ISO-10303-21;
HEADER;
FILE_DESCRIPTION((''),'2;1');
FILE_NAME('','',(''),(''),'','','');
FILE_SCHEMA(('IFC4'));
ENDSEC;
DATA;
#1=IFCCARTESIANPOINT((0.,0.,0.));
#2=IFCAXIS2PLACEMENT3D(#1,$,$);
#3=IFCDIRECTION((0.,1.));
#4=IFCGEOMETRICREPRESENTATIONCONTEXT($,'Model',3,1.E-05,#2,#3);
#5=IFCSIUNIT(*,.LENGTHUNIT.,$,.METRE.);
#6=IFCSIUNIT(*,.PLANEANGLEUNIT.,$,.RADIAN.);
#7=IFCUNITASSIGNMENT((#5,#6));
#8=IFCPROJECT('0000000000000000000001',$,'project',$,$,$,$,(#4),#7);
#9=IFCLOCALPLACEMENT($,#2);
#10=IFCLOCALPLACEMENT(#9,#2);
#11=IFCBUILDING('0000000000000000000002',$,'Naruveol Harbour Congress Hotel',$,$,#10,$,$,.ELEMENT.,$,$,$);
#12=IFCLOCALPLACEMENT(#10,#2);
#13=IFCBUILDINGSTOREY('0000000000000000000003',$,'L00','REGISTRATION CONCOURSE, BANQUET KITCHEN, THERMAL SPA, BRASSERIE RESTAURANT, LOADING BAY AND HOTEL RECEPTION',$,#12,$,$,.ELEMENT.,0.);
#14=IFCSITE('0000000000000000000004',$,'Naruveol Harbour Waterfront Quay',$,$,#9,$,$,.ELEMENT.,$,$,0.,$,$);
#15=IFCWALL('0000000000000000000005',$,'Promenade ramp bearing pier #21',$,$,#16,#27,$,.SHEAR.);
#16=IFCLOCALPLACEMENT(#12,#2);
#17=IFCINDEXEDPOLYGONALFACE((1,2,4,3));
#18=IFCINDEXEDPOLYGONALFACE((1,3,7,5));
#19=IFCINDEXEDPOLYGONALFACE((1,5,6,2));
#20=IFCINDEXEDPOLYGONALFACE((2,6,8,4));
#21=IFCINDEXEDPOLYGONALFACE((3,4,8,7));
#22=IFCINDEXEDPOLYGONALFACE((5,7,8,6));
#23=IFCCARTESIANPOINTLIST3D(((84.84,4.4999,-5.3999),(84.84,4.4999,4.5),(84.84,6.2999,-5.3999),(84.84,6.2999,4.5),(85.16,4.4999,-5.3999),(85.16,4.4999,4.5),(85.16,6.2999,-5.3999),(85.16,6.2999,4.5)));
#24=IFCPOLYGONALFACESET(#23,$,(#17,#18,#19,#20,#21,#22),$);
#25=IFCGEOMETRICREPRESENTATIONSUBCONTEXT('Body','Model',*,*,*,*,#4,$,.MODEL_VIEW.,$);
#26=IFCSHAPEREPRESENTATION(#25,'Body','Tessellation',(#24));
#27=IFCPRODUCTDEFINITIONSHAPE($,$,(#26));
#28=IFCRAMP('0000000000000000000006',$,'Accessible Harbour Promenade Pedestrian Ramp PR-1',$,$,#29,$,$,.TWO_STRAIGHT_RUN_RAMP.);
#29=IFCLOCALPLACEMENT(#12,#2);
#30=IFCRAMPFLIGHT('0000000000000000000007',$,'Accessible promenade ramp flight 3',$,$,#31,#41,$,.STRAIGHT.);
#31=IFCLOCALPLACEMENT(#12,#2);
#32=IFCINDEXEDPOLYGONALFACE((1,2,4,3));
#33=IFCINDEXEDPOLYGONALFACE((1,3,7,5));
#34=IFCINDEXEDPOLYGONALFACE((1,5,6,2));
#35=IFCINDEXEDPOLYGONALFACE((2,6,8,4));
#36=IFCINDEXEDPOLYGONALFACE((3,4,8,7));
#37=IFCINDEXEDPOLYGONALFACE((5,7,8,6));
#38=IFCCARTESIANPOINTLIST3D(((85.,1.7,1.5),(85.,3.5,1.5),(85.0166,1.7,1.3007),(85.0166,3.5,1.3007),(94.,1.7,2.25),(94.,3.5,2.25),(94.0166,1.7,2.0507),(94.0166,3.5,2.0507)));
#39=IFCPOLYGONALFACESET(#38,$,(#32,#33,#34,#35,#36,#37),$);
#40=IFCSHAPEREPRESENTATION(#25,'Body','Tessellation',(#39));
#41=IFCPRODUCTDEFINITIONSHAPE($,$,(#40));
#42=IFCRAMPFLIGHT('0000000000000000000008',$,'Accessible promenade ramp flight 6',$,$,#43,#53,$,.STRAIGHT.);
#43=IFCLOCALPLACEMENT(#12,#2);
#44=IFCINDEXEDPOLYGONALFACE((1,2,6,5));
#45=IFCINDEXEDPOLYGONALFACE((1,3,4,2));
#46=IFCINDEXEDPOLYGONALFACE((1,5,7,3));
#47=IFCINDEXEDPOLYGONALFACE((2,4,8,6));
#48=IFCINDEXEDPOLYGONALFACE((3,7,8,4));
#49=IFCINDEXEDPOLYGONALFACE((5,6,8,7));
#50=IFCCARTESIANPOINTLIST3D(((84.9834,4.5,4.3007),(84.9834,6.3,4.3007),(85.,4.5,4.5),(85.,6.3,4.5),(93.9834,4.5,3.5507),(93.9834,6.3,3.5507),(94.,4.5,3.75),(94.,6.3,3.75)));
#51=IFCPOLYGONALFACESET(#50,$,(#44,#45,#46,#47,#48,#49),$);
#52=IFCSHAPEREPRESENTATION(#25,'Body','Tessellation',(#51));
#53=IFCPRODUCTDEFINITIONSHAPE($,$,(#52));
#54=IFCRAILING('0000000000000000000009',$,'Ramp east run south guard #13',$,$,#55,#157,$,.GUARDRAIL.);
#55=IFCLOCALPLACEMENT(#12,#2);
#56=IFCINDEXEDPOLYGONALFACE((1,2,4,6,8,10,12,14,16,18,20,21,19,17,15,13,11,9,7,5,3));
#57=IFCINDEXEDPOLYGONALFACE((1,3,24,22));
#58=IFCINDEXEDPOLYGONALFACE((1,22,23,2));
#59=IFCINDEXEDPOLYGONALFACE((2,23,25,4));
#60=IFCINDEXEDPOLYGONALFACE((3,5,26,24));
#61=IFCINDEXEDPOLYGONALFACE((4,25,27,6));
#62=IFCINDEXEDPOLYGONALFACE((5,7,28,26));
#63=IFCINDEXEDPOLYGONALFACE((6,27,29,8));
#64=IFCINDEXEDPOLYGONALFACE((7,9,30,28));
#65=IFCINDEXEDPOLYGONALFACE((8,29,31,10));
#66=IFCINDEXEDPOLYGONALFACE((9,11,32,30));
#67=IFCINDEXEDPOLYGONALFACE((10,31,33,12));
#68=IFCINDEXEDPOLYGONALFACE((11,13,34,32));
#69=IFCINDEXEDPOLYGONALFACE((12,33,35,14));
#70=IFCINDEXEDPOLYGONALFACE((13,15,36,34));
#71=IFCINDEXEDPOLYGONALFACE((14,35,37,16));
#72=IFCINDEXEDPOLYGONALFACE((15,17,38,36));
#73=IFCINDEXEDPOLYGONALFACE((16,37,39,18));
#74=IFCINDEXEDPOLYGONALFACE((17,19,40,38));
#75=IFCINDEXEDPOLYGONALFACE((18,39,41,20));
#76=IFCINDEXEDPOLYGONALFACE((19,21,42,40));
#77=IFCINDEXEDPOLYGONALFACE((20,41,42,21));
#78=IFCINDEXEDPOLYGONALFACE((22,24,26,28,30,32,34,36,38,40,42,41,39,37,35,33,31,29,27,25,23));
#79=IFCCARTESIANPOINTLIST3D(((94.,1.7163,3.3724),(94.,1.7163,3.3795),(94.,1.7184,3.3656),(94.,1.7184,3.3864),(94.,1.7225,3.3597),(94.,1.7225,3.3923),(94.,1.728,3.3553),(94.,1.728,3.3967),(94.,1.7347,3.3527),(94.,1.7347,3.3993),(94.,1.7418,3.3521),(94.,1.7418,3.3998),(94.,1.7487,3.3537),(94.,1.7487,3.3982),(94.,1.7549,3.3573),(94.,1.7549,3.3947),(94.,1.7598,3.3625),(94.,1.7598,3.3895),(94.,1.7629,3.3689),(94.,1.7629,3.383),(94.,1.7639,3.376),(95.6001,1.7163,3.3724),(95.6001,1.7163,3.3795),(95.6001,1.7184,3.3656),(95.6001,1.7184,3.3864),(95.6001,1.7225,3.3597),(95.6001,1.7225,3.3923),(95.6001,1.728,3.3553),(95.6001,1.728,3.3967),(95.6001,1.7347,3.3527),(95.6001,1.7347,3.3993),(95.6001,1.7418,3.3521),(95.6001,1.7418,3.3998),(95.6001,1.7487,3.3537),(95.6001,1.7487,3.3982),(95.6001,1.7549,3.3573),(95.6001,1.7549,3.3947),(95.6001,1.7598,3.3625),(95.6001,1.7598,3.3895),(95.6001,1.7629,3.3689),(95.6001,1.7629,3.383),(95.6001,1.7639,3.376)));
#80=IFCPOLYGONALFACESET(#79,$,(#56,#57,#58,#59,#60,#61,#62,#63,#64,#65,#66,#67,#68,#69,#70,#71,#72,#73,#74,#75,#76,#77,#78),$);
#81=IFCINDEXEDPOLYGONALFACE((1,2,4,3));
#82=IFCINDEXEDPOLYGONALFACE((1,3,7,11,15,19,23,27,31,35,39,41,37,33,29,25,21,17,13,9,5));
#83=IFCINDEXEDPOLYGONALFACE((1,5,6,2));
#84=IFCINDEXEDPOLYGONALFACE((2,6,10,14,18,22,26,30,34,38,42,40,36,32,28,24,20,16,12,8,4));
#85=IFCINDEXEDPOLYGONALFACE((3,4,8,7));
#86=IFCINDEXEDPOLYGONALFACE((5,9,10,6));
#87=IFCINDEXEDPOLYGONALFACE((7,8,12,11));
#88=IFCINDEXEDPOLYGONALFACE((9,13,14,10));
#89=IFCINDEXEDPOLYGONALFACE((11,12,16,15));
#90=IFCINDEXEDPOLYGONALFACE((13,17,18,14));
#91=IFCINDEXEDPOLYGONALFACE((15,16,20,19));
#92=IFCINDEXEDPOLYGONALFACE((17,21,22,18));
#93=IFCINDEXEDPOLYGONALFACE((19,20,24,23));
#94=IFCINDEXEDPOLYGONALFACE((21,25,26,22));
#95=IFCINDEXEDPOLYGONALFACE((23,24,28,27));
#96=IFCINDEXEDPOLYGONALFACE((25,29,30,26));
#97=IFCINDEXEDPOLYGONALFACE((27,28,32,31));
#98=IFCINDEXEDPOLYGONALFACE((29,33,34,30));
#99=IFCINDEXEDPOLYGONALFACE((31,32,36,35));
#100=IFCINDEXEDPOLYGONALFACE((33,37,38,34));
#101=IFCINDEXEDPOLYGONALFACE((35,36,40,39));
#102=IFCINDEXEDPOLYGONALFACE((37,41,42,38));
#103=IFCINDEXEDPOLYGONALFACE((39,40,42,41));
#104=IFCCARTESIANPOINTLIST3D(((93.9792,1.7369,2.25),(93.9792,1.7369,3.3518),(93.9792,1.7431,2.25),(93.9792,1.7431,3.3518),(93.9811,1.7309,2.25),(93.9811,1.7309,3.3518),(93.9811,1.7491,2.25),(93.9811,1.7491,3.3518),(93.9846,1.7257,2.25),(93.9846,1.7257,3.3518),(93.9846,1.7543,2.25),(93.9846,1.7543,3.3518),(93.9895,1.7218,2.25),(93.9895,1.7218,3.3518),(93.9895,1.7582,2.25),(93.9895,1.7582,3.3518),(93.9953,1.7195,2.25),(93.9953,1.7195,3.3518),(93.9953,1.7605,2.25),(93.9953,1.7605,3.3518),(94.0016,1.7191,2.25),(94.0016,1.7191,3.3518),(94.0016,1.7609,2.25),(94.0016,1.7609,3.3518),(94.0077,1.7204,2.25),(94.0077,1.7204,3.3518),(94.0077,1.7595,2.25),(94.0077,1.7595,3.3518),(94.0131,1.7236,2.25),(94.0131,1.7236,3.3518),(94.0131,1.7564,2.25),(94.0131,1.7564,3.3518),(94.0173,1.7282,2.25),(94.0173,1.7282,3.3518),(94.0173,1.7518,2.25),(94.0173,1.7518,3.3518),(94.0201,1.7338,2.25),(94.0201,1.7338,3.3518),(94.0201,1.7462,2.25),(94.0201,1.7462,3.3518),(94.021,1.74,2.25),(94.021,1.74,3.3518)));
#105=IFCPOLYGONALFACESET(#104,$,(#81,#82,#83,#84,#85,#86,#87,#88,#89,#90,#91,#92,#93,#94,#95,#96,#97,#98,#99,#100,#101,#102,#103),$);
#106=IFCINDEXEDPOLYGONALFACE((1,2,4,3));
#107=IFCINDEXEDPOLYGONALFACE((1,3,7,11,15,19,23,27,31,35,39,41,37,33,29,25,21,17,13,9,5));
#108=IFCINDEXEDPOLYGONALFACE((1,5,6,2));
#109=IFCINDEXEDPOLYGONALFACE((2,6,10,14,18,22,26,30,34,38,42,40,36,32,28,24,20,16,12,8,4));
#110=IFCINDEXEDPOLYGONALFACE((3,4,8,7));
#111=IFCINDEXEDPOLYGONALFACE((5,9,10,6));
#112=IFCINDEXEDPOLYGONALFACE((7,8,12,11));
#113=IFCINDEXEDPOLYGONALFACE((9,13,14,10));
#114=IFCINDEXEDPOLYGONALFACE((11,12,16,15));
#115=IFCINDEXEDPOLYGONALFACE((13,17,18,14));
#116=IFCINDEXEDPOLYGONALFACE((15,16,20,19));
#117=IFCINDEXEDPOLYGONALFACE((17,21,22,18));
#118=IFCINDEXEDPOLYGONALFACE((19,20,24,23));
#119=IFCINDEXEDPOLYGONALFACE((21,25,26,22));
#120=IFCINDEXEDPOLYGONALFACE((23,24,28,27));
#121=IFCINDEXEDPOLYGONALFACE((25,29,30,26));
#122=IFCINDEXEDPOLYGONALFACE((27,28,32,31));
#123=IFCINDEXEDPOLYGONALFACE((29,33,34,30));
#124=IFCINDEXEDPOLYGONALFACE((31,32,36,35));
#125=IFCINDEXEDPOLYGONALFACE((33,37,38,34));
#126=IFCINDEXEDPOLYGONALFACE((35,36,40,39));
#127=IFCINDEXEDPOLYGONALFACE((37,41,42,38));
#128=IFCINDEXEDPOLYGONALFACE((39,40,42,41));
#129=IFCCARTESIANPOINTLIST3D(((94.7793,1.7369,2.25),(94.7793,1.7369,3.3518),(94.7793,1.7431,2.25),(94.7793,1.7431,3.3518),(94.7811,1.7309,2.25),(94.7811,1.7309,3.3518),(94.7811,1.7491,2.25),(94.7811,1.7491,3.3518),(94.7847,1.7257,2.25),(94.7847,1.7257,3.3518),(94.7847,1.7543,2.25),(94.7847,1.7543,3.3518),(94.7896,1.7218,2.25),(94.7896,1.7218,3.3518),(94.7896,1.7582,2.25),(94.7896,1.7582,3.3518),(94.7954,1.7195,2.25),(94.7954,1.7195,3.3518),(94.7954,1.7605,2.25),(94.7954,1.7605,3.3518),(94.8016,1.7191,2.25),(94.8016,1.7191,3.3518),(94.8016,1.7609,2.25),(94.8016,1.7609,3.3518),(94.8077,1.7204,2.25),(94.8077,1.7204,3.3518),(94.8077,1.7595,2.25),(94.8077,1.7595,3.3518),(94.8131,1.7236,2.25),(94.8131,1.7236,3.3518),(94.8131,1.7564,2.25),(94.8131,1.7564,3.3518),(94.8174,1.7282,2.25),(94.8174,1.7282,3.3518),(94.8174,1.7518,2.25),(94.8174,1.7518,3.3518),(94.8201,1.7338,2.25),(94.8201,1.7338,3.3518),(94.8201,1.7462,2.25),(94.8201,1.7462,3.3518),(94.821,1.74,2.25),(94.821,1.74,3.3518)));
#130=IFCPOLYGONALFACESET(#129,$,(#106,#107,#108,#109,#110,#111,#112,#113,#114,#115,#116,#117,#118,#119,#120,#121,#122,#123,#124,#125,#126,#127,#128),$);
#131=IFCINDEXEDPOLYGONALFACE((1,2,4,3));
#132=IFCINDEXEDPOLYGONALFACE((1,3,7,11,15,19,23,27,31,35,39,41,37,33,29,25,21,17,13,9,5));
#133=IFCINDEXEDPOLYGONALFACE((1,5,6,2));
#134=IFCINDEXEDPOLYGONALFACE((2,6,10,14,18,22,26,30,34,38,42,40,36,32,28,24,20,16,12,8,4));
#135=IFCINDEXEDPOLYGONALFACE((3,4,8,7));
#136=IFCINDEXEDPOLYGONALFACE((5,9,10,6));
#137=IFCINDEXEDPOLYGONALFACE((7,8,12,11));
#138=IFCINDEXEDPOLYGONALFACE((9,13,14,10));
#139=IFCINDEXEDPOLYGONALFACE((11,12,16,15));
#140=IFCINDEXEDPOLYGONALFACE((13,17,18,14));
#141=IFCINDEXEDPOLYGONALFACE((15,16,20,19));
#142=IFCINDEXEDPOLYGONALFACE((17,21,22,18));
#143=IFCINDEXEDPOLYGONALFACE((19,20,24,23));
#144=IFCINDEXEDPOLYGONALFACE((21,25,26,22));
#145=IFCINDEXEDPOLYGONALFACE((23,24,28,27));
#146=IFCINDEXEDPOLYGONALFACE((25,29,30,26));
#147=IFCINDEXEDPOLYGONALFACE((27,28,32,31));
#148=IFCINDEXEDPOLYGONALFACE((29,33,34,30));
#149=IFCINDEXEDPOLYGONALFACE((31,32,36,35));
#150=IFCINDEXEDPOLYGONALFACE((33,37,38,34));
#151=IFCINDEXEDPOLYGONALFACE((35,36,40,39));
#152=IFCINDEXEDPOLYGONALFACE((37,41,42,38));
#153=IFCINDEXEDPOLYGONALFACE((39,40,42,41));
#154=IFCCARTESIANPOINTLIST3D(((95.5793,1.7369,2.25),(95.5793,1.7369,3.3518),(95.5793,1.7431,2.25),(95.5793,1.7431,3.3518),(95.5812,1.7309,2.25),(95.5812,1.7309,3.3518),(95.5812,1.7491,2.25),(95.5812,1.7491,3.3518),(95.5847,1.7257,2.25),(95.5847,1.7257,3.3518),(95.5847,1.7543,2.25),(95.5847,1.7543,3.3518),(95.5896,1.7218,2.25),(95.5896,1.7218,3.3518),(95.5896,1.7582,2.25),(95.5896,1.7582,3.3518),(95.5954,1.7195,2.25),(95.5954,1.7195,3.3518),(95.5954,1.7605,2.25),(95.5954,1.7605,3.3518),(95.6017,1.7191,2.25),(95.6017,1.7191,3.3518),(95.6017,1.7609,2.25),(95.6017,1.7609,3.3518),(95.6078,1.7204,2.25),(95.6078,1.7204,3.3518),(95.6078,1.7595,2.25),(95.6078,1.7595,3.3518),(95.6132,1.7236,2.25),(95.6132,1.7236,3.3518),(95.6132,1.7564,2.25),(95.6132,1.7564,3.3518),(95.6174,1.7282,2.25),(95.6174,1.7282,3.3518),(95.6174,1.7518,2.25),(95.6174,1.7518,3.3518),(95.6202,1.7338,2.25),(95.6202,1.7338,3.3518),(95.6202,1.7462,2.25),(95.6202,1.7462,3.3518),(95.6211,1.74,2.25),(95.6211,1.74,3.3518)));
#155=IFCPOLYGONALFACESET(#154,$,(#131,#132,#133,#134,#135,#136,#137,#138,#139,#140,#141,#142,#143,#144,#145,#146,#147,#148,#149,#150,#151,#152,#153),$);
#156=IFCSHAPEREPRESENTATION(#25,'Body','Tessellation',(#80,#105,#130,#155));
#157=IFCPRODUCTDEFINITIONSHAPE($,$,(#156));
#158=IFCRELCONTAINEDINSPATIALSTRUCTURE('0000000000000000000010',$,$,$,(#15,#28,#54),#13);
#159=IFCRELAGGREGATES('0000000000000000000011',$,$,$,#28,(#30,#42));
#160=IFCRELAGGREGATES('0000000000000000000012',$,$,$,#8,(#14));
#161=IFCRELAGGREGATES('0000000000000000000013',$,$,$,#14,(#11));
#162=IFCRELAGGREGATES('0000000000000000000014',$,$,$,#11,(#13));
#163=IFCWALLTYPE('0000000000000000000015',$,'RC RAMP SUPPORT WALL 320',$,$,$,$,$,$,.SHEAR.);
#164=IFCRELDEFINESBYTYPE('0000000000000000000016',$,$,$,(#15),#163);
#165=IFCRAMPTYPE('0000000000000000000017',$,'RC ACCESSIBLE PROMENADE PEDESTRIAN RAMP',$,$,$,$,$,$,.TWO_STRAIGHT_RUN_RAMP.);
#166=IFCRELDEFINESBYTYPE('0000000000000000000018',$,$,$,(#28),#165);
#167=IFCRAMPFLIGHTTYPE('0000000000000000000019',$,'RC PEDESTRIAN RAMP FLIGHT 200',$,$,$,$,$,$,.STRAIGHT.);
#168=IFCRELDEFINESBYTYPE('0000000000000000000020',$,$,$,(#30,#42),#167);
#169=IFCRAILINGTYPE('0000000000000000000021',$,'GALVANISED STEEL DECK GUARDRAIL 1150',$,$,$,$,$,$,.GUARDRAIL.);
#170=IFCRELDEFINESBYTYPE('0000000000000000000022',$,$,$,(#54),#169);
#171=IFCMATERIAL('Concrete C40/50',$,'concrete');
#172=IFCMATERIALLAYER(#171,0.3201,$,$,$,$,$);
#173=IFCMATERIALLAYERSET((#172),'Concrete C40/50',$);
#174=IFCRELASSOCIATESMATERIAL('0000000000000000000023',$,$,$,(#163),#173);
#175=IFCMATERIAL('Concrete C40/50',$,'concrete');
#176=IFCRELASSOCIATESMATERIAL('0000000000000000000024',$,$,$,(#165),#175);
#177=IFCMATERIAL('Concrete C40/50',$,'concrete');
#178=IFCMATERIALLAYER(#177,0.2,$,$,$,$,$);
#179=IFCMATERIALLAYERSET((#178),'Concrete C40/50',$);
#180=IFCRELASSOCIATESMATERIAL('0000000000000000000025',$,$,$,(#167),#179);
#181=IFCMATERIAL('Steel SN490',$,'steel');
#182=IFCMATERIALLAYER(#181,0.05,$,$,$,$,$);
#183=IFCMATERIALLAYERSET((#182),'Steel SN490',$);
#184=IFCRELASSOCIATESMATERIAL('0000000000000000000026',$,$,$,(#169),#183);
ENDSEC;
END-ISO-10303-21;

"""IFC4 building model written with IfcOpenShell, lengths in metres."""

from ifc_helpers import new_model, si_unit, direction, frame, frame_2d, origin, origin_2d, place, context, subcontext, project, spatial, polyline, rectangle, circle, outline, extrude, material, layer, layer_set, type_object, element, aggregate, save


model = new_model("IFC4")

# Units and contexts
model_context = context("Model", 3, precision=1e-05, world=origin(), true_north=direction((0.0, 1.0)))
body_context = subcontext(model_context, "Body", "Model", "MODEL_VIEW")
ifc_project = project(units=[si_unit("LENGTHUNIT", "METRE"), si_unit("PLANEANGLEUNIT", "RADIAN")], contexts=[model_context])

# Site, building, storey
site_placement = place(None, origin())
site = spatial("IfcSite", under=ifc_project, at=site_placement, Name="Naruveol Harbour Waterfront Quay", CompositionType="ELEMENT", RefElevation=0.0)
building_placement = place(site_placement, origin())
building = spatial("IfcBuilding", under=site, at=building_placement, Name="Naruveol Harbour Congress Hotel", CompositionType="ELEMENT")
storey_placement = place(building_placement, origin())
storey = spatial("IfcBuildingStorey", under=building, at=storey_placement, Name="L00", Description="REGISTRATION CONCOURSE, BANQUET KITCHEN, THERMAL SPA, BRASSERIE RESTAURANT, LOADING BAY AND HOTEL RECEPTION", CompositionType="ELEMENT", Elevation=0.0)

# Wall
ifc_material_1 = material(Name="Concrete C40/50", Category="concrete")
ifc_layer_1 = layer(ifc_material_1, 0.3201)
ifc_layer_set_1 = layer_set([ifc_layer_1], Name="Concrete C40/50")
wall_type_1 = type_object("IfcWallType", Name="RC RAMP SUPPORT WALL 320", PredefinedType="SHEAR", material=ifc_layer_set_1)
wall_1_placement = place(storey_placement, frame((85.0, 4.5, -5.3999), z_axis=(0.0, 0.0, 1.0), x_axis=(0.0, 1.0, 0.0)))
element("IfcWall", 1, at=wall_1_placement, inside=storey, type_object=wall_type_1, Name="Promenade ramp bearing pier #21", PredefinedType="SHEAR", context=body_context, shape_type="SweptSolid", body=[
    extrude(rectangle(XDim=1.8, YDim=0.3201, at=frame_2d((0.8999, 0.0))), origin(), (0.0, 0.0, 1.0), 9.8999),
])

# Ramp, ramp flights
ifc_material_2 = material(Name="Concrete C40/50", Category="concrete")
ramp_type = type_object("IfcRampType", Name="RC ACCESSIBLE PROMENADE PEDESTRIAN RAMP", PredefinedType="TWO_STRAIGHT_RUN_RAMP", material=ifc_material_2)
ramp_placement = place(storey_placement, origin())
ramp = element("IfcRamp", 2, at=ramp_placement, inside=storey, type_object=ramp_type, Name="Accessible Harbour Promenade Pedestrian Ramp PR-1", PredefinedType="TWO_STRAIGHT_RUN_RAMP")
ifc_material_3 = material(Name="Concrete C40/50", Category="concrete")
ifc_layer_2 = layer(ifc_material_3, 0.2)
ifc_layer_set_2 = layer_set([ifc_layer_2], Name="Concrete C40/50")
ramp_flight_type = type_object("IfcRampFlightType", Name="RC PEDESTRIAN RAMP FLIGHT 200", PredefinedType="STRAIGHT", material=ifc_layer_set_2)
ramp_flight_1_placement = place(storey_placement, frame((85.0, 1.7, 1.5), z_axis=(-0.083045, 0.0, 0.996546), x_axis=(0.996546, 0.0, 0.083045)))
ramp_flight_1 = element("IfcRampFlight", 3, at=ramp_flight_1_placement, type_object=ramp_flight_type, Name="Accessible promenade ramp flight 3", PredefinedType="STRAIGHT", context=body_context, shape_type="SweptSolid", body=[
    extrude(outline(polyline([(0.0, 0.0), (9.0312, 0.0), (9.0312, 1.8), (0.0, 1.8), (0.0, 0.0)])), origin(), (0.0, 0.0, -1.0), 0.2),
])
ramp_flight_2_placement = place(storey_placement, frame((85.0, 4.5, 4.5), z_axis=(0.083045, 0.0, 0.996546), x_axis=(0.996546, 0.0, -0.083045)))
ramp_flight_2 = element("IfcRampFlight", 4, at=ramp_flight_2_placement, type_object=ramp_flight_type, Name="Accessible promenade ramp flight 6", PredefinedType="STRAIGHT", context=body_context, shape_type="SweptSolid", body=[
    extrude(outline(polyline([(0.0, 0.0), (9.0312, 0.0), (9.0312, 1.8), (0.0, 1.8), (0.0, 0.0)])), origin(), (0.0, 0.0, -1.0), 0.2),
])
aggregate(ramp, [ramp_flight_1, ramp_flight_2])

# Railing
ifc_material_4 = material(Name="Steel SN490", Category="steel")
ifc_layer_3 = layer(ifc_material_4, 0.05)
ifc_layer_set_3 = layer_set([ifc_layer_3], Name="Steel SN490")
railing_type = type_object("IfcRailingType", Name="GALVANISED STEEL DECK GUARDRAIL 1150", PredefinedType="GUARDRAIL", material=ifc_layer_set_3)
railing_1_placement = place(storey_placement, frame((94.0, 1.74, 2.25)))
element("IfcRailing", 5, at=railing_1_placement, inside=storey, type_object=railing_type, Name="Ramp east run south guard #13", PredefinedType="GUARDRAIL", context=body_context, shape_type="SweptSolid", body=[
    extrude(circle(Radius=0.0239, at=origin_2d()), frame((0.0, 0.0, 1.126), z_axis=(1.0, 0.0, 0.0), x_axis=(0.0, 1.0, 0.0)), (0.0, 0.0, 1.0), 1.6001),
    extrude(circle(Radius=0.021, at=origin_2d()), origin(), (0.0, 0.0, 1.0), 1.1018),
    extrude(circle(Radius=0.021, at=origin_2d()), frame((0.8, 0.0, 0.0)), (0.0, 0.0, 1.0), 1.1018),
    extrude(circle(Radius=0.021, at=origin_2d()), frame((1.6001, 0.0, 0.0)), (0.0, 0.0, 1.0), 1.1018),
])

save(model, "model.ifc")
